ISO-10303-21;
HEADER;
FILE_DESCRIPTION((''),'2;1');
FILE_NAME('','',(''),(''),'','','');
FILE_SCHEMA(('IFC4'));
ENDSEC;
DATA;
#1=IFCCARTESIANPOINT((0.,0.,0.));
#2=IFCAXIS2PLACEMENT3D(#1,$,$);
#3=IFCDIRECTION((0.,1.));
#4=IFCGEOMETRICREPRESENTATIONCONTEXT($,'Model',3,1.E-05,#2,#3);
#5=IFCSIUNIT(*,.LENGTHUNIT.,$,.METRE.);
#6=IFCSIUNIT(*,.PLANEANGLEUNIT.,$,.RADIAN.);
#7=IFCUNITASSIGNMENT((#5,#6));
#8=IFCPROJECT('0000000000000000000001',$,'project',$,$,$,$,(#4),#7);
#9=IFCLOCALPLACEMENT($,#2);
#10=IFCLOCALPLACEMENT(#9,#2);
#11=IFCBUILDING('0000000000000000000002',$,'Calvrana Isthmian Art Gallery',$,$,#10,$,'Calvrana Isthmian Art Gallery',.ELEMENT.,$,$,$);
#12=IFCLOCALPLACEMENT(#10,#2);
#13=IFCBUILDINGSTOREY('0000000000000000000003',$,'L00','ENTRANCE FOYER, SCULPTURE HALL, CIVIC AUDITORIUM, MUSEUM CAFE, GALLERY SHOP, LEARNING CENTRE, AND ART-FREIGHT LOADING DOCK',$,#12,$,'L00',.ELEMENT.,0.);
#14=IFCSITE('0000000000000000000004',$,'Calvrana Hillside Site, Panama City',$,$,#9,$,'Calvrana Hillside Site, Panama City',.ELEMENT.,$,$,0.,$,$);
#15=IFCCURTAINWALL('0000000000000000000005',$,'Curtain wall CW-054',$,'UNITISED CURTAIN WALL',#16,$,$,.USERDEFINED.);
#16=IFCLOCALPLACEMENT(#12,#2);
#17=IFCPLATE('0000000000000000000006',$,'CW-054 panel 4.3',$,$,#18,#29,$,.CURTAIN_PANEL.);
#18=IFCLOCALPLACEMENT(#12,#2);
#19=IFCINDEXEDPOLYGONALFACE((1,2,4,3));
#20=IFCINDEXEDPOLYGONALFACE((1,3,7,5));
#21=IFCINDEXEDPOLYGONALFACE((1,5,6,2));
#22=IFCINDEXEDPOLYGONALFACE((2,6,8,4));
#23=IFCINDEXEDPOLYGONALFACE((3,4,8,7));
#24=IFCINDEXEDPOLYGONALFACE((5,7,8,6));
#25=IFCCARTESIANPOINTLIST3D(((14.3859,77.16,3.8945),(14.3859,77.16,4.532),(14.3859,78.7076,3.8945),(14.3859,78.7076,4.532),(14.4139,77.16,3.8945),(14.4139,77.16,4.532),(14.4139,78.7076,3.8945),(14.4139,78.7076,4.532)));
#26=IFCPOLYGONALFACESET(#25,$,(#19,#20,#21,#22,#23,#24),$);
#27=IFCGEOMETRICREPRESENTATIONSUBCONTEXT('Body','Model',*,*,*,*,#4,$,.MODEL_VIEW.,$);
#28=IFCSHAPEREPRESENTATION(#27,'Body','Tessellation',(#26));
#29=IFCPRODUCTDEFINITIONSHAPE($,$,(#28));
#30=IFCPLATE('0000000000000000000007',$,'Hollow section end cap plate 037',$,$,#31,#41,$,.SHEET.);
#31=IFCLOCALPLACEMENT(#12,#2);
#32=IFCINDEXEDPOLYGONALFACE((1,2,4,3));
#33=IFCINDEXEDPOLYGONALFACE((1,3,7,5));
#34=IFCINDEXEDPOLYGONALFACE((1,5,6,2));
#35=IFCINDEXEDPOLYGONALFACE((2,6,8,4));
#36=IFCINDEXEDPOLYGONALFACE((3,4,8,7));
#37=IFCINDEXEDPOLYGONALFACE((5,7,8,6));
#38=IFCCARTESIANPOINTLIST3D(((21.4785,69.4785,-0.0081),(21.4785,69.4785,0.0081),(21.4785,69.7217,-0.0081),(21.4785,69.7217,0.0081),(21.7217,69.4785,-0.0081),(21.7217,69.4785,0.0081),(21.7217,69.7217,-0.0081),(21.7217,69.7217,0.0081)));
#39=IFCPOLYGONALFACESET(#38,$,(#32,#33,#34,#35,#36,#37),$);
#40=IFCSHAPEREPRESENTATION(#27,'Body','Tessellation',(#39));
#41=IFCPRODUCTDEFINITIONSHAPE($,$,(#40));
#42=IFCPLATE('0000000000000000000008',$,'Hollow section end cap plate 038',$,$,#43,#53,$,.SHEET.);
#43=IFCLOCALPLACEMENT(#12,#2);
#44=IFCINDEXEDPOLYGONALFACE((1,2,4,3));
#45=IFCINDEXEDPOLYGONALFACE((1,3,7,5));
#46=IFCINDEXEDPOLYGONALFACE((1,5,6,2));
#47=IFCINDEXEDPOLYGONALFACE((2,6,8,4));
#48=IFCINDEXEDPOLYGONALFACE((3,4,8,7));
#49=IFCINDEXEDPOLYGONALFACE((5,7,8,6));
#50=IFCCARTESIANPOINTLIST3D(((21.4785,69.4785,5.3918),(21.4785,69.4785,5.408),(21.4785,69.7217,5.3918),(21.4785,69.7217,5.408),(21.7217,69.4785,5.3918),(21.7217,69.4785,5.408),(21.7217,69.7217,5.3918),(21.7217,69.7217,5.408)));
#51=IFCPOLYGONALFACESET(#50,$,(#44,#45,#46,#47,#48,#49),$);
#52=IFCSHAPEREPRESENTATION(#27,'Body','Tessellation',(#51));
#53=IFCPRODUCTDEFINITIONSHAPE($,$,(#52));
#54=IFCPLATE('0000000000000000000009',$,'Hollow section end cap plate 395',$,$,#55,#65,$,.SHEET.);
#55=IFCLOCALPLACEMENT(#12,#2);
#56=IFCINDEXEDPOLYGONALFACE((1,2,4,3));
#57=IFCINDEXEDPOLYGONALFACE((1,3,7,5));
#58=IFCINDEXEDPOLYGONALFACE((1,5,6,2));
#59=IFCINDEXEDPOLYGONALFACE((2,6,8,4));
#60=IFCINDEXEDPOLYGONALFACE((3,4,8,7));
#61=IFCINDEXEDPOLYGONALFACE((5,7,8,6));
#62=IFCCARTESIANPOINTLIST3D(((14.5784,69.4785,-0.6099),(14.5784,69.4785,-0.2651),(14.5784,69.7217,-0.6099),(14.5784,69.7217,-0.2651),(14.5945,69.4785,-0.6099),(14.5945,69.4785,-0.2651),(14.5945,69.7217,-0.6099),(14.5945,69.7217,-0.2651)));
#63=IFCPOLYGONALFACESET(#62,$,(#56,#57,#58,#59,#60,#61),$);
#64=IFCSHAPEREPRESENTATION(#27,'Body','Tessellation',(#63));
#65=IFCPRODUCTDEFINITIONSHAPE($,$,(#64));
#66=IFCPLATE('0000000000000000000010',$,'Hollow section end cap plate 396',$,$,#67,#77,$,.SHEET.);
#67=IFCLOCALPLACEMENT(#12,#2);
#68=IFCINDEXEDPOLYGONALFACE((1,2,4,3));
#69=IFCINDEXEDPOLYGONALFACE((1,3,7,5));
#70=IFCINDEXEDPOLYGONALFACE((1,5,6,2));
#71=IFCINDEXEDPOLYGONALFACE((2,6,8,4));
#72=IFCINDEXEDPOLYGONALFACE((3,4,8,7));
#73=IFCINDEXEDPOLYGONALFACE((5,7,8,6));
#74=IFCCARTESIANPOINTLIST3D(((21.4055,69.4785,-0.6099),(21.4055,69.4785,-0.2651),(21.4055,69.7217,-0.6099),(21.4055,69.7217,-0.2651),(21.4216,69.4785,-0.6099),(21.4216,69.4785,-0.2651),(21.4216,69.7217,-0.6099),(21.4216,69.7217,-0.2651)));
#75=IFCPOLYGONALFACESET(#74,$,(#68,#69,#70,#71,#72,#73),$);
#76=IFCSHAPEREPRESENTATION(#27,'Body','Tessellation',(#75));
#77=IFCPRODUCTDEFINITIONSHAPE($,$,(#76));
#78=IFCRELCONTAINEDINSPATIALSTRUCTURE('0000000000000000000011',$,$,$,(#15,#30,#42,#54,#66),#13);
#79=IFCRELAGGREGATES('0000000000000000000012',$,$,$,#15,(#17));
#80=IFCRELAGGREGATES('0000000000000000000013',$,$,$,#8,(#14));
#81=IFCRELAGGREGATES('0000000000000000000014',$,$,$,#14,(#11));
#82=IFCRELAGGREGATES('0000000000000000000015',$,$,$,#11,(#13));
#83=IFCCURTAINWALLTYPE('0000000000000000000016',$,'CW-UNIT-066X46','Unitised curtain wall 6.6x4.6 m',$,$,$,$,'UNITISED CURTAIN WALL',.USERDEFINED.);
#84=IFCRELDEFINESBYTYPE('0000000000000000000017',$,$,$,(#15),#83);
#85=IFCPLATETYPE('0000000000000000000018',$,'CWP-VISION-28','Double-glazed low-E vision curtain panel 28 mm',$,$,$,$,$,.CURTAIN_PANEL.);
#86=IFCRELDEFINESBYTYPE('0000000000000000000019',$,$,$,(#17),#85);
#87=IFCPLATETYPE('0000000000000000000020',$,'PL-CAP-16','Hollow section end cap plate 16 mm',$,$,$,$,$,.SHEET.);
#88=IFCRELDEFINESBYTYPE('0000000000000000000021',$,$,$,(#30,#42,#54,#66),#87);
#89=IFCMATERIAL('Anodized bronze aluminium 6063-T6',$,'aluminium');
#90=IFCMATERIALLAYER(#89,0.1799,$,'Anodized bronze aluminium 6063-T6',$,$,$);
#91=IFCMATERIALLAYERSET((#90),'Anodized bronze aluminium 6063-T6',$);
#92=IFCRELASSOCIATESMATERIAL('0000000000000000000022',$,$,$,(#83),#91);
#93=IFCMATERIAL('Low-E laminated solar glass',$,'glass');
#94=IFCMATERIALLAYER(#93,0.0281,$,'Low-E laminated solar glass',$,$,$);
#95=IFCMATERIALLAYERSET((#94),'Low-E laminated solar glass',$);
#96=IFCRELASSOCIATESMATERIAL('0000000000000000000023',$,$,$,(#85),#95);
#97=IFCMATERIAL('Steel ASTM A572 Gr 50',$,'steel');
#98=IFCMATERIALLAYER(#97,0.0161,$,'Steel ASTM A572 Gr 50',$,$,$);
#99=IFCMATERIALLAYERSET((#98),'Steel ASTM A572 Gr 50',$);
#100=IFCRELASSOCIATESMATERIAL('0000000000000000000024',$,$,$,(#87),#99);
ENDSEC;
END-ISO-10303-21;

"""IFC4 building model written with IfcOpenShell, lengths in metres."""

from ifc_helpers import new_model, si_unit, direction, frame, origin, origin_2d, place, context, subcontext, project, spatial, rectangle, extrude, material, layer, layer_set, type_object, element, aggregate, save


model = new_model("IFC4")

# Units and contexts
model_context = context("Model", 3, precision=1e-05, world=origin(), true_north=direction((0.0, 1.0)))
body_context = subcontext(model_context, "Body", "Model", "MODEL_VIEW")
ifc_project = project(units=[si_unit("LENGTHUNIT", "METRE"), si_unit("PLANEANGLEUNIT", "RADIAN")], contexts=[model_context])

# Site, building, storey
site_placement = place(None, origin())
site = spatial("IfcSite", under=ifc_project, at=site_placement, Name="Calvrana Hillside Site, Panama City", LongName="Calvrana Hillside Site, Panama City", CompositionType="ELEMENT", RefElevation=0.0)
building_placement = place(site_placement, origin())
building = spatial("IfcBuilding", under=site, at=building_placement, Name="Calvrana Isthmian Art Gallery", LongName="Calvrana Isthmian Art Gallery", CompositionType="ELEMENT")
storey_placement = place(building_placement, origin())
storey = spatial("IfcBuildingStorey", under=building, at=storey_placement, Name="L00", Description="ENTRANCE FOYER, SCULPTURE HALL, CIVIC AUDITORIUM, MUSEUM CAFE, GALLERY SHOP, LEARNING CENTRE, AND ART-FREIGHT LOADING DOCK", LongName="L00", CompositionType="ELEMENT", Elevation=0.0)

# Curtain wall
ifc_material_1 = material(Name="Anodized bronze aluminium 6063-T6", Category="aluminium")
ifc_layer_1 = layer(ifc_material_1, 0.1799, Name="Anodized bronze aluminium 6063-T6")
ifc_layer_set_1 = layer_set([ifc_layer_1], Name="Anodized bronze aluminium 6063-T6")
curtain_wall_type_1 = type_object("IfcCurtainWallType", Name="CW-UNIT-066X46", Description="Unitised curtain wall 6.6x4.6 m", ElementType="UNITISED CURTAIN WALL", PredefinedType="USERDEFINED", material=ifc_layer_set_1)
curtain_wall_1_placement = place(storey_placement, origin())
curtain_wall_1 = element("IfcCurtainWall", 1, at=curtain_wall_1_placement, inside=storey, type_object=curtain_wall_type_1, Name="Curtain wall CW-054", ObjectType="UNITISED CURTAIN WALL", PredefinedType="USERDEFINED")

# Plate
ifc_material_2 = material(Name="Low-E laminated solar glass", Category="glass")
ifc_layer_2 = layer(ifc_material_2, 0.0281, Name="Low-E laminated solar glass")
ifc_layer_set_2 = layer_set([ifc_layer_2], Name="Low-E laminated solar glass")
plate_type_1 = type_object("IfcPlateType", Name="CWP-VISION-28", Description="Double-glazed low-E vision curtain panel 28 mm", PredefinedType="CURTAIN_PANEL", material=ifc_layer_set_2)
plate_1_placement = place(storey_placement, frame((14.3999, 77.9338, 3.8945), z_axis=(0.0, 0.0, 1.0), x_axis=(0.0, -1.0, 0.0)))
plate_1 = element("IfcPlate", 2, at=plate_1_placement, type_object=plate_type_1, Name="CW-054 panel 4.3", PredefinedType="CURTAIN_PANEL", context=body_context, shape_type="SweptSolid", body=[
    extrude(rectangle(XDim=1.5476, YDim=0.0281, at=origin_2d()), origin(), (0.0, 0.0, 1.0), 0.6375),
])
aggregate(curtain_wall_1, [plate_1])

# Plates
ifc_material_3 = material(Name="Steel ASTM A572 Gr 50", Category="steel")
ifc_layer_3 = layer(ifc_material_3, 0.0161, Name="Steel ASTM A572 Gr 50")
ifc_layer_set_3 = layer_set([ifc_layer_3], Name="Steel ASTM A572 Gr 50")
plate_type_2 = type_object("IfcPlateType", Name="PL-CAP-16", Description="Hollow section end cap plate 16 mm", PredefinedType="SHEET", material=ifc_layer_set_3)
for number, where, z_axis, x_axis, name in (
    (3, (21.6001, 69.6001, -0.0081), (0.0, 0.0, 1.0), (1.0, 0.0, 0.0), "Hollow section end cap plate 037"),
    (4, (21.6001, 69.6001, 5.3918), (0.0, 0.0, 1.0), (1.0, 0.0, 0.0), "Hollow section end cap plate 038"),
):
    element("IfcPlate", number, at=place(storey_placement, frame(where, z_axis=z_axis, x_axis=x_axis)), inside=storey, type_object=plate_type_2, Name=name, PredefinedType="SHEET", context=body_context, shape_type="SweptSolid", body=[
        extrude(rectangle(XDim=0.2432, YDim=0.2432, at=origin_2d()), origin(), (0.0, 0.0, 1.0), 0.0161),
    ])
for number, where, z_axis, x_axis, name in (
    (5, (14.5864, 69.6001, -0.6099), (0.0, 0.0, 1.0), (1.0, 0.0, 0.0), "Hollow section end cap plate 395"),
    (6, (21.4136, 69.6001, -0.6099), (0.0, 0.0, 1.0), (1.0, 0.0, 0.0), "Hollow section end cap plate 396"),
):
    element("IfcPlate", number, at=place(storey_placement, frame(where, z_axis=z_axis, x_axis=x_axis)), inside=storey, type_object=plate_type_2, Name=name, PredefinedType="SHEET", context=body_context, shape_type="SweptSolid", body=[
        extrude(rectangle(XDim=0.0161, YDim=0.2432, at=origin_2d()), origin(), (0.0, 0.0, 1.0), 0.3447),
    ])

save(model, "model.ifc")
